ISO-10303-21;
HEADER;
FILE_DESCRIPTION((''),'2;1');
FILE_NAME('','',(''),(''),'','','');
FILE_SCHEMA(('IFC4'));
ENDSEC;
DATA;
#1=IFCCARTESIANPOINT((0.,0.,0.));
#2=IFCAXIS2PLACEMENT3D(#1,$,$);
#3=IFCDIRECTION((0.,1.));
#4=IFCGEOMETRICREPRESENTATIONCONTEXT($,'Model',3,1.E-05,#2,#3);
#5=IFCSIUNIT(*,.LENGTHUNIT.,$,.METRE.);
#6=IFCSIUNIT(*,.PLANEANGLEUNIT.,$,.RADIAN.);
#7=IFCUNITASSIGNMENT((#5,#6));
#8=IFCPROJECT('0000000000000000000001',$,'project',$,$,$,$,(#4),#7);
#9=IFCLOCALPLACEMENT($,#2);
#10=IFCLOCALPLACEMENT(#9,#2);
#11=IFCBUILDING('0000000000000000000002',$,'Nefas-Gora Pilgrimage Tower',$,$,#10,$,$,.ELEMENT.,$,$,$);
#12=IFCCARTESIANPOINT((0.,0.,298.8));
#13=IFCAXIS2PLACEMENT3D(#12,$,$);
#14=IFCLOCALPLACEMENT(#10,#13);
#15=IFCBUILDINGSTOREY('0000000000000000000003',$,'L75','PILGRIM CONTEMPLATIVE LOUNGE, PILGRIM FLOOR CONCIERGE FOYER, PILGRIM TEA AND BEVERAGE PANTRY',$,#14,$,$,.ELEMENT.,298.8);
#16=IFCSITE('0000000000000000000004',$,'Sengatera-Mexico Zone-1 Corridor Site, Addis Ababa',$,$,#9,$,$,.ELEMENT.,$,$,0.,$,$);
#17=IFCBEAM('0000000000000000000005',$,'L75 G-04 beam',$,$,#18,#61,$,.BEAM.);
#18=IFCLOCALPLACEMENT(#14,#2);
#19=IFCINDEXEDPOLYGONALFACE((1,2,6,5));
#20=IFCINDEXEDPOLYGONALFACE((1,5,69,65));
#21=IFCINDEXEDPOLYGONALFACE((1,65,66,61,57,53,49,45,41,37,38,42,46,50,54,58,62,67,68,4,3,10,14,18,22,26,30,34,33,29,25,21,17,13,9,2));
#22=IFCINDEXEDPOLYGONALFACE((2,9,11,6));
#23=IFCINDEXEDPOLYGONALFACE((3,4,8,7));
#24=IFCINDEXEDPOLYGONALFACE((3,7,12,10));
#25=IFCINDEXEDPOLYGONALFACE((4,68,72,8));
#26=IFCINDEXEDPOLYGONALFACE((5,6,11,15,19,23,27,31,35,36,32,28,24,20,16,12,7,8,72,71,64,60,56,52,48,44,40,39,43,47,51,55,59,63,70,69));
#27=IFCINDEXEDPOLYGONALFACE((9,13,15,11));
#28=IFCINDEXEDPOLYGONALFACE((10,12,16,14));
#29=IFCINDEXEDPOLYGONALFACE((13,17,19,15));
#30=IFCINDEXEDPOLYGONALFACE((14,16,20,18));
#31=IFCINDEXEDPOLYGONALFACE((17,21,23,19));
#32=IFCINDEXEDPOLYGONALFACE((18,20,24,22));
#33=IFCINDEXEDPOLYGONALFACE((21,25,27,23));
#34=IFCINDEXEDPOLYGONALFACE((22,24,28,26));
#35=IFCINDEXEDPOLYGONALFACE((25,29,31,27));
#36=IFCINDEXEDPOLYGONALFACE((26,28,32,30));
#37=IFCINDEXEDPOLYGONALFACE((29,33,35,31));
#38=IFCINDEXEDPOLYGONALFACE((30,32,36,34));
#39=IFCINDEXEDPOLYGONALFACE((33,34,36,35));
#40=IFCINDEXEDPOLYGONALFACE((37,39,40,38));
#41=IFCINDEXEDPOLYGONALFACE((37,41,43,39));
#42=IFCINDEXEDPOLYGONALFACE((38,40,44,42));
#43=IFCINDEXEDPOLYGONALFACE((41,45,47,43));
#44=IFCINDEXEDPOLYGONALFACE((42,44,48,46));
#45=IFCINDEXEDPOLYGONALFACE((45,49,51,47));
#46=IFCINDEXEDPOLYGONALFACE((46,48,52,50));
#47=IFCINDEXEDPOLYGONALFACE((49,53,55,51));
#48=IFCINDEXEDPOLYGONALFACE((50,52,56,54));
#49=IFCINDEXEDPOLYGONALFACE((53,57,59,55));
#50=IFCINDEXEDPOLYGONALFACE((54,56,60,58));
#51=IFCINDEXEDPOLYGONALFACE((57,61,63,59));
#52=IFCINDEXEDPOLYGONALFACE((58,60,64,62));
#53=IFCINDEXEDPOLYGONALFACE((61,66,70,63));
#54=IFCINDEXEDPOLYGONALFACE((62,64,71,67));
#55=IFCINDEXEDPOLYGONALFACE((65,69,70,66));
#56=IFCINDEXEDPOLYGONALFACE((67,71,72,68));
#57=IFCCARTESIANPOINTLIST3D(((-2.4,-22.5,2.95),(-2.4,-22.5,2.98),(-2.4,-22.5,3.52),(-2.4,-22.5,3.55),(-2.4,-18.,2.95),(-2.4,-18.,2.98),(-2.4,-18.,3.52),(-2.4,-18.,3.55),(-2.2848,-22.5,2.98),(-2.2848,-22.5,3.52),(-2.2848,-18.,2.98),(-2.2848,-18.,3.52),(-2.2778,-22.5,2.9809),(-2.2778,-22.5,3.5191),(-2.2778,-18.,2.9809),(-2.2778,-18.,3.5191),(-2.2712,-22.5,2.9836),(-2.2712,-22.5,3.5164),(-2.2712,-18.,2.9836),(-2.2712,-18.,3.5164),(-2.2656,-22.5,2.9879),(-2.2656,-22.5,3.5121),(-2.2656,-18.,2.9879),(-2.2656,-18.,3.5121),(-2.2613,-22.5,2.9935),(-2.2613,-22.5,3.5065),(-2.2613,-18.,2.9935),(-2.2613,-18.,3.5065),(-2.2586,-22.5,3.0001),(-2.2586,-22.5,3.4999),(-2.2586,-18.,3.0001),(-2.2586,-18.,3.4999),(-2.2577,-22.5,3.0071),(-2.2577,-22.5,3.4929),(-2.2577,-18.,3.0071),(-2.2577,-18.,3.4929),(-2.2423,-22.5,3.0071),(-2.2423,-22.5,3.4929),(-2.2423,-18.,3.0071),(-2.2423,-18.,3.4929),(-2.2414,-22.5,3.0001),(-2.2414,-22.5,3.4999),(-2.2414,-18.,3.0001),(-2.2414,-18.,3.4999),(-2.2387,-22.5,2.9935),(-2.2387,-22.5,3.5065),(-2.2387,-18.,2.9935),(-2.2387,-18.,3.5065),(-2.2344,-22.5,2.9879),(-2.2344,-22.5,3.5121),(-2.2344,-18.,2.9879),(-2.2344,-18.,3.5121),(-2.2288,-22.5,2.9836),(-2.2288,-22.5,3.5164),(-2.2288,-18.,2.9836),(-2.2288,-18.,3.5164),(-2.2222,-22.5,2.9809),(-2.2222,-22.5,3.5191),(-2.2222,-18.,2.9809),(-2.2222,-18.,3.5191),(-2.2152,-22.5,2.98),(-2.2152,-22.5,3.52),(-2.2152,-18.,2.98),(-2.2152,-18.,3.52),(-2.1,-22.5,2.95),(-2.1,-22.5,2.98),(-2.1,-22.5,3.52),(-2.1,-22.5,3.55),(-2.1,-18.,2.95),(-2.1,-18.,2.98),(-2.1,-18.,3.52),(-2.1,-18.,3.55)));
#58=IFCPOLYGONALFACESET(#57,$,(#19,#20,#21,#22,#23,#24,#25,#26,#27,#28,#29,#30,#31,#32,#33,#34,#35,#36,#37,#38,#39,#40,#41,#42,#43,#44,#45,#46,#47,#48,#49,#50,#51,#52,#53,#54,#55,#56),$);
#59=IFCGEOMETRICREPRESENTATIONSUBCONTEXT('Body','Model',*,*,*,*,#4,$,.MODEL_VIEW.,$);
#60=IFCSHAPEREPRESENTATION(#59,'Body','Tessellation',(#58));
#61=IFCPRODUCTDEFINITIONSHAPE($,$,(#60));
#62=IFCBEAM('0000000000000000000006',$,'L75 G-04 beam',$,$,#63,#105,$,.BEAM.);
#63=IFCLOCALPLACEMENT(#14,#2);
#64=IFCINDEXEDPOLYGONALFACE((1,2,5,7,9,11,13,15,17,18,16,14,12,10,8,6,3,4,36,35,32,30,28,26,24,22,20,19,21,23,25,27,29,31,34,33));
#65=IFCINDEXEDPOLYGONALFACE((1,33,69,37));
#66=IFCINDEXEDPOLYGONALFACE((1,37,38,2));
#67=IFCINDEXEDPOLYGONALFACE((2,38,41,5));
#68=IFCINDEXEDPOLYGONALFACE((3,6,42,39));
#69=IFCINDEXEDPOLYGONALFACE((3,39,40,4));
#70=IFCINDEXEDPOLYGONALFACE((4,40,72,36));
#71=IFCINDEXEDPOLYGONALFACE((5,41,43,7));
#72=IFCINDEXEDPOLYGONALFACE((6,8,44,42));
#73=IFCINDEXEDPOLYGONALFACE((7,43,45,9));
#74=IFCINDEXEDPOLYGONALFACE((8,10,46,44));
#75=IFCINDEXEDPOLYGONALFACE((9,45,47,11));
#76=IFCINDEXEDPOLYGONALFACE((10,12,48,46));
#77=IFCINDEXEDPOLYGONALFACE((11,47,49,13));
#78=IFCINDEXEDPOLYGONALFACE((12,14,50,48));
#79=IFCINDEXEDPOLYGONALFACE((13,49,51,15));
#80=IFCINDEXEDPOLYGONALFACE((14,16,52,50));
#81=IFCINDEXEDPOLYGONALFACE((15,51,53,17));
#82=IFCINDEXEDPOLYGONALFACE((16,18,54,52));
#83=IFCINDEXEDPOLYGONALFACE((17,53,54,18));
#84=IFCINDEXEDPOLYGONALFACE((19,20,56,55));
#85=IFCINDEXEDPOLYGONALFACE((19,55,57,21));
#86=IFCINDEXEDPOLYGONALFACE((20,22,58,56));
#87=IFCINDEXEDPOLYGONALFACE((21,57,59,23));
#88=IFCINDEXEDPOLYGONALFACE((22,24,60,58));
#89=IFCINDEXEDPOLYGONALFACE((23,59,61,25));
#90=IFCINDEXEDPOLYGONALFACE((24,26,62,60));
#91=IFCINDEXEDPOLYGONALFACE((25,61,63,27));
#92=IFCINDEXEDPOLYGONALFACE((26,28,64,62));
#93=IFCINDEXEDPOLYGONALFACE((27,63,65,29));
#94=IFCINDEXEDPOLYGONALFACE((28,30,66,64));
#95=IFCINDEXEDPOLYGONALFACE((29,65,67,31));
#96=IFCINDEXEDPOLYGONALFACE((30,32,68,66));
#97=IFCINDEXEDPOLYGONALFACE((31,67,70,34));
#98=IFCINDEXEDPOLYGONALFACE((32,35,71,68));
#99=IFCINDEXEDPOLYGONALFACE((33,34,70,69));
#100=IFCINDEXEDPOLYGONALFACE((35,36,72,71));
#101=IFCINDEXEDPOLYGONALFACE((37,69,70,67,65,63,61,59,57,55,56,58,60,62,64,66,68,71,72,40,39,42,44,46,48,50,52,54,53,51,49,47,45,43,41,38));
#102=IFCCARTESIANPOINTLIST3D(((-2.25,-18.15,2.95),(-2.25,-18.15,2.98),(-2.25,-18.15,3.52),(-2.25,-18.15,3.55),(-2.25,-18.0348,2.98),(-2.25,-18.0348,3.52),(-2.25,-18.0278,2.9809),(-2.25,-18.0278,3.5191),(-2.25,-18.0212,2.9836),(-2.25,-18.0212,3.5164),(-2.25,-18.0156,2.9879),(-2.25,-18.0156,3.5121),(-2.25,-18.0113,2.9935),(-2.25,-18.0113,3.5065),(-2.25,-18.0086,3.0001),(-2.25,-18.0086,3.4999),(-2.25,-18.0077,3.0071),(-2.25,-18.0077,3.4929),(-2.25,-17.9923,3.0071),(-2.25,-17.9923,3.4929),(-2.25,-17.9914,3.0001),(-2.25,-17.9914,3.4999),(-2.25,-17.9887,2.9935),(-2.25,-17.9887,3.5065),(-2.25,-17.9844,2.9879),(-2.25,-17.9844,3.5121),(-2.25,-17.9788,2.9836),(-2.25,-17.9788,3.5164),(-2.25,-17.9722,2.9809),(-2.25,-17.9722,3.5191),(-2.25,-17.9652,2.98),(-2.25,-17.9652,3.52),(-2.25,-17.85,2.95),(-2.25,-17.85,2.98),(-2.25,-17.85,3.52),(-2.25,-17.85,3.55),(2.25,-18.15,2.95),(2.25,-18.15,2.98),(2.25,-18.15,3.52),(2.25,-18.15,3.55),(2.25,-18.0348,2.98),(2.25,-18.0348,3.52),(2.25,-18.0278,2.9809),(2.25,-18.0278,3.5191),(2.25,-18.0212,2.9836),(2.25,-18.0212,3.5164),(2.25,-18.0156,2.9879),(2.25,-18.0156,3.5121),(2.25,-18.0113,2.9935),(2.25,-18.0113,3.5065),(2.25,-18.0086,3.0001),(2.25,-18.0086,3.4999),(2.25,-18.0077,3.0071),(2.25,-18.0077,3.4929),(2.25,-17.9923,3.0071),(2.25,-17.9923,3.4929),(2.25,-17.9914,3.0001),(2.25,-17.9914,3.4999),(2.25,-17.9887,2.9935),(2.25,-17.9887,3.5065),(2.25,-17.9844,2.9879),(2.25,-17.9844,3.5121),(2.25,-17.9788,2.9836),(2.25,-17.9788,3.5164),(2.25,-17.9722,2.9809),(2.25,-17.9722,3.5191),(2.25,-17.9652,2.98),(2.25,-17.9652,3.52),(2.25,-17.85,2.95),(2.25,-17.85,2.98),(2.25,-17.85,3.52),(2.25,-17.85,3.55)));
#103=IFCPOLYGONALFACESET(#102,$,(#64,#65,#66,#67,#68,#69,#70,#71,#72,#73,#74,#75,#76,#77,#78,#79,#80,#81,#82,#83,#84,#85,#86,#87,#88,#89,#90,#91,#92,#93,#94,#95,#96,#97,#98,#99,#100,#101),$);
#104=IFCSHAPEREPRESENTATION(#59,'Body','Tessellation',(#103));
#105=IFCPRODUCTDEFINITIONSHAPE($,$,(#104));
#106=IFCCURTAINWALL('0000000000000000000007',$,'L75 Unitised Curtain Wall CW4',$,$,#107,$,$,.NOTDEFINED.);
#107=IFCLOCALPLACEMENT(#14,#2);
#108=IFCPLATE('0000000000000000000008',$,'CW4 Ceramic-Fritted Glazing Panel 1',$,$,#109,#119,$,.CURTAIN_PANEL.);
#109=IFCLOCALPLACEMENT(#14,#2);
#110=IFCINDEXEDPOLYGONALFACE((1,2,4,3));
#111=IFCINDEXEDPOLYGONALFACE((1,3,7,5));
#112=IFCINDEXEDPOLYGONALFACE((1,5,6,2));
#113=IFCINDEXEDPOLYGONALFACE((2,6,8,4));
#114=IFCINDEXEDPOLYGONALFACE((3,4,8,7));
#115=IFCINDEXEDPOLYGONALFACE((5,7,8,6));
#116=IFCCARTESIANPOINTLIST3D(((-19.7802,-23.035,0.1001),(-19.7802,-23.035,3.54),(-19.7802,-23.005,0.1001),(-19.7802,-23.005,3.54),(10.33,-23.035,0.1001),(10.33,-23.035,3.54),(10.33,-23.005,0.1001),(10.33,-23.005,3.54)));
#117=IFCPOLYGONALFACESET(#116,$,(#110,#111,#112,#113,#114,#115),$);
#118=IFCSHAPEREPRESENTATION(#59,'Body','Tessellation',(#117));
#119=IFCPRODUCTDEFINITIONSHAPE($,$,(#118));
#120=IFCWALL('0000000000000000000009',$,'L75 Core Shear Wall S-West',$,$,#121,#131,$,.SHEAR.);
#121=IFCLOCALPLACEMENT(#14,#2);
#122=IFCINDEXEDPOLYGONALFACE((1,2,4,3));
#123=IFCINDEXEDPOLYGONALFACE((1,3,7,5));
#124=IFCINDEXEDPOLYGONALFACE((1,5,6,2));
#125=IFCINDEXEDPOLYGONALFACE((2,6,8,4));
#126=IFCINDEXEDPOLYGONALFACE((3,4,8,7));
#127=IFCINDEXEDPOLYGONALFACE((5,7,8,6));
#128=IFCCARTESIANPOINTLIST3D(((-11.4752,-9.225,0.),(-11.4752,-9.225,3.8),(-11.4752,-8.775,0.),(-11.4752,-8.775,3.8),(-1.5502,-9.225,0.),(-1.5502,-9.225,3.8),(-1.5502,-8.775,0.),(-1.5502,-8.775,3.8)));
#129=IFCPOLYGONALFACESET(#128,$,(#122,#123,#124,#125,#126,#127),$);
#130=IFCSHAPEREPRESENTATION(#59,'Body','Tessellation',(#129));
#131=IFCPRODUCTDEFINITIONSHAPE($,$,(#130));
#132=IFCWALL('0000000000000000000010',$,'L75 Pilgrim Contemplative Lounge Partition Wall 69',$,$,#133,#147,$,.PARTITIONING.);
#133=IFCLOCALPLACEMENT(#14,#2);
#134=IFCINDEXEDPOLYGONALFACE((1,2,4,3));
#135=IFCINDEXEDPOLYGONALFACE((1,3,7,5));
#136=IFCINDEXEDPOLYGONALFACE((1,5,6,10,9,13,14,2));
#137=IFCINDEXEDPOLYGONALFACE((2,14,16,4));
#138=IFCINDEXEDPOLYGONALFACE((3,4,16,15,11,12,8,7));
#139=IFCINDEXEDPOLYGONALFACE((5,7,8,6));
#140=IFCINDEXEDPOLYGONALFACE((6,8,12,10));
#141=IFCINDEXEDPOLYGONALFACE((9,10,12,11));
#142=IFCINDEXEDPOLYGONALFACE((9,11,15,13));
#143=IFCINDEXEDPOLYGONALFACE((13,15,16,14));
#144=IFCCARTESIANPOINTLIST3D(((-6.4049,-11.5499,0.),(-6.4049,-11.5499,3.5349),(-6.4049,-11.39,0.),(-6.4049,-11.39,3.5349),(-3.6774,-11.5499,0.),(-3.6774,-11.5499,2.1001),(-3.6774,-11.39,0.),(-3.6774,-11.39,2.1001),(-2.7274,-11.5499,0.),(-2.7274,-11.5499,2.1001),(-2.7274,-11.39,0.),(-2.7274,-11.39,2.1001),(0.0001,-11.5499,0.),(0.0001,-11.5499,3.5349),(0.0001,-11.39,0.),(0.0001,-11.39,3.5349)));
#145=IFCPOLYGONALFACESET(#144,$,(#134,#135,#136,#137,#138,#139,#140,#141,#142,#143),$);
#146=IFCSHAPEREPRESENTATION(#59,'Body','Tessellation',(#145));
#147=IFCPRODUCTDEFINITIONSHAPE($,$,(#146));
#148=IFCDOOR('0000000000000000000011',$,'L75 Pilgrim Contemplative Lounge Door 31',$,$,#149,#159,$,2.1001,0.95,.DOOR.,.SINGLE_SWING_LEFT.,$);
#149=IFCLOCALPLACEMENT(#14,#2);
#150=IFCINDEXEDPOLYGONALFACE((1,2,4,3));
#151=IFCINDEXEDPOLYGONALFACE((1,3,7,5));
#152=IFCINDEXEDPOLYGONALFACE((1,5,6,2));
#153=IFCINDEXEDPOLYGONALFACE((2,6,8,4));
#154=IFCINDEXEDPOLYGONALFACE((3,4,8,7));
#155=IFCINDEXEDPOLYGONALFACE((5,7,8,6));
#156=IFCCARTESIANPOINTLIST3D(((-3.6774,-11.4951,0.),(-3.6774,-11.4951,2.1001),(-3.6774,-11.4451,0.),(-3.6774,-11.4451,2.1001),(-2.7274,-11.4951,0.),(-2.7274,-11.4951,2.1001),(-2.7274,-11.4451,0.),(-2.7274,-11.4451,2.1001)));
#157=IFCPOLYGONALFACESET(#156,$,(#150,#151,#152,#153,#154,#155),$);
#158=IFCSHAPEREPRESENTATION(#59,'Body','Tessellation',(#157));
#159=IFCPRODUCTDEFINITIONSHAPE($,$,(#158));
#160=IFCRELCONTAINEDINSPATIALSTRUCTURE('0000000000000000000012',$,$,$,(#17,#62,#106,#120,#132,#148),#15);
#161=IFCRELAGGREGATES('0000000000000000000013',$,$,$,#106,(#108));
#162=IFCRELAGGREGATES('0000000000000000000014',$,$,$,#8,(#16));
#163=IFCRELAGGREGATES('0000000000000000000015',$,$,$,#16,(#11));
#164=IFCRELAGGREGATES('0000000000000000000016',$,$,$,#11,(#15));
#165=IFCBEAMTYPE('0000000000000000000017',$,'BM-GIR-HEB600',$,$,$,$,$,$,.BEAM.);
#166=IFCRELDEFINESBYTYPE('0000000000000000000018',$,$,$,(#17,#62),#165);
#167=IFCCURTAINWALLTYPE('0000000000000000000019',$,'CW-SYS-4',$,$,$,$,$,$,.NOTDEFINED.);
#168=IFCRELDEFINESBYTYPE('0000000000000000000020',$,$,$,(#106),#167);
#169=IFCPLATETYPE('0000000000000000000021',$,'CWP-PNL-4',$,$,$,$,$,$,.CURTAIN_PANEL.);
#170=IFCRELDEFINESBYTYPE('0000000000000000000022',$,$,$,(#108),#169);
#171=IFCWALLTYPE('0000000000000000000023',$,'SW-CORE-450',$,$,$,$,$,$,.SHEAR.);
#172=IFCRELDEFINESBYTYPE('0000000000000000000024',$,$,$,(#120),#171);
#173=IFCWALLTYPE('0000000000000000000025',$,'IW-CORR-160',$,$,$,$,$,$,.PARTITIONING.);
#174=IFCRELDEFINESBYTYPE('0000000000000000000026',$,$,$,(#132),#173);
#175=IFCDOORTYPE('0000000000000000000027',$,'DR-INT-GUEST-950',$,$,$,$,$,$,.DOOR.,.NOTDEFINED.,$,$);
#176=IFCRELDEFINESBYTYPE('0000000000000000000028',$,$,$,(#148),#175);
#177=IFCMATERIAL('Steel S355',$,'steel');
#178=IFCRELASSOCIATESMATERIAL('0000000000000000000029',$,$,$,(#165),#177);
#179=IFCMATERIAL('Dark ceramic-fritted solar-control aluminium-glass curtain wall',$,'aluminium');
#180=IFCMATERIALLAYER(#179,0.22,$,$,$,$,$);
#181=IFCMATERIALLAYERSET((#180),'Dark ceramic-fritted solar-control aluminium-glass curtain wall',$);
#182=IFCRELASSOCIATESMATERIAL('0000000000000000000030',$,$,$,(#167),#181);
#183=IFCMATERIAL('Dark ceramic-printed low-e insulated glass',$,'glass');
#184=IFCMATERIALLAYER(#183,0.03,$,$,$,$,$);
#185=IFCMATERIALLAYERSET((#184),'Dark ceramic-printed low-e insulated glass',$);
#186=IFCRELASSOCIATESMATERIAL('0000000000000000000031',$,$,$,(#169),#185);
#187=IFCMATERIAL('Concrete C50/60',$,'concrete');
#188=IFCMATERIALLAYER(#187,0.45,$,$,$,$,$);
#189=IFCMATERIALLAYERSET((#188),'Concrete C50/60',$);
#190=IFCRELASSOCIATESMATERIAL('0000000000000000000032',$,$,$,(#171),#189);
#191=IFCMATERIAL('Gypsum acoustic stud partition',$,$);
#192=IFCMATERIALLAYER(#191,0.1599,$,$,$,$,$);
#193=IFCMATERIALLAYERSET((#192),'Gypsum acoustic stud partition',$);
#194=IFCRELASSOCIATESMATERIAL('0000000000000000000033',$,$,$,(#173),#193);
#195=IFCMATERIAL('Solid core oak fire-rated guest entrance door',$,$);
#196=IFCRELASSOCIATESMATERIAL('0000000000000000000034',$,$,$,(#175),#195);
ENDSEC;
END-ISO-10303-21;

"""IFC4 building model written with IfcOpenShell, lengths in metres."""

from ifc_helpers import new_model, si_unit, direction, frame, frame_2d, origin, origin_2d, place, context, subcontext, project, spatial, rectangle, i_section, extrude, source, transform, mapped, material, layer, layer_set, material_profile, profile_set, type_object, element, fill, aggregate, save


model = new_model("IFC4")

# Units and contexts
model_context = context("Model", 3, precision=1e-05, world=origin(), true_north=direction((0.0, 1.0)))
body_context = subcontext(model_context, "Body", "Model", "MODEL_VIEW")
ifc_project = project(units=[si_unit("LENGTHUNIT", "METRE"), si_unit("PLANEANGLEUNIT", "RADIAN")], contexts=[model_context])

# Site, building, storey
site_placement = place(None, origin())
site = spatial("IfcSite", under=ifc_project, at=site_placement, Name="Sengatera-Mexico Zone-1 Corridor Site, Addis Ababa", CompositionType="ELEMENT", RefElevation=0.0)
building_placement = place(site_placement, origin())
building = spatial("IfcBuilding", under=site, at=building_placement, Name="Nefas-Gora Pilgrimage Tower", CompositionType="ELEMENT")
storey_placement = place(building_placement, frame((0.0, 0.0, 298.8)))
storey = spatial("IfcBuildingStorey", under=building, at=storey_placement, Name="L75", Description="PILGRIM CONTEMPLATIVE LOUNGE, PILGRIM FLOOR CONCIERGE FOYER, PILGRIM TEA AND BEVERAGE PANTRY", CompositionType="ELEMENT", Elevation=298.8)

# Shared definitions
ifc_material_1 = material(Name="Steel S355", Category="steel")

# Beams
ifc_material_2 = material(Name="Concrete C50/60", Category="concrete")
ifc_material_profile_1 = material_profile(ifc_material_1, i_section(OverallWidth=0.3, OverallDepth=0.6001, WebThickness=0.0154, FlangeThickness=0.03, FilletRadius=0.0271, at=origin_2d()), Name="HEB 600")
ifc_profile_set_1 = profile_set([ifc_material_profile_1], Name="Steel S355")
beam_type_1 = type_object("IfcBeamType", Name="BM-GIR-HEB600", PredefinedType="BEAM", material=ifc_profile_set_1)
shared_shape_1 = source(origin(), body_context, "Body", "SweptSolid", [
    extrude(i_section(OverallWidth=0.3, OverallDepth=0.6001, WebThickness=0.0154, FlangeThickness=0.03, FilletRadius=0.0271, at=origin_2d()), origin(), (0.0, 0.0, 1.0), 4.5),
])
for number, where, z_axis, x_axis, name in (
    (1, (-2.25, -22.5, 3.25), (0.0, 1.0, 0.0), (-1.0, 0.0, 0.0), "L75 G-04 beam"),
    (2, (-2.25, -18.0, 3.25), (1.0, 0.0, 0.0), (0.0, 1.0, 0.0), "L75 G-04 beam"),
):
    element("IfcBeam", number, at=place(storey_placement, frame(where, z_axis=z_axis, x_axis=x_axis)), inside=storey, type_object=beam_type_1, Name=name, PredefinedType="BEAM", context=body_context, shape_type="MappedRepresentation", body=[
        mapped(shared_shape_1, transform((0.0, 0.0, 0.0), x_axis=(1.0, 0.0, 0.0), y_axis=(0.0, 1.0, 0.0), z_axis=(0.0, 0.0, 1.0), scale=1.0)),
    ])

# Curtain wall, plate
ifc_material_3 = material(Name="Dark ceramic-fritted solar-control aluminium-glass curtain wall", Category="aluminium")
ifc_layer_1 = layer(ifc_material_3, 0.22)
ifc_layer_set_1 = layer_set([ifc_layer_1], Name="Dark ceramic-fritted solar-control aluminium-glass curtain wall")
curtain_wall_type = type_object("IfcCurtainWallType", Name="CW-SYS-4", PredefinedType="NOTDEFINED", material=ifc_layer_set_1)
curtain_wall_placement = place(storey_placement, origin())
curtain_wall = element("IfcCurtainWall", 3, at=curtain_wall_placement, inside=storey, type_object=curtain_wall_type, Name="L75 Unitised Curtain Wall CW4", PredefinedType="NOTDEFINED")
ifc_material_4 = material(Name="Dark ceramic-printed low-e insulated glass", Category="glass")
ifc_layer_2 = layer(ifc_material_4, 0.03)
ifc_layer_set_2 = layer_set([ifc_layer_2], Name="Dark ceramic-printed low-e insulated glass")
plate_type = type_object("IfcPlateType", Name="CWP-PNL-4", PredefinedType="CURTAIN_PANEL", material=ifc_layer_set_2)
shared_shape_2 = source(origin(), body_context, "Body", "SweptSolid", [
    extrude(rectangle(XDim=30.1101, YDim=0.03, at=origin_2d()), origin(), (0.0, 0.0, 1.0), 3.4399),
])
plate_placement = place(storey_placement, frame((-4.7251, -23.02, 0.1001), z_axis=(0.0, 0.0, 1.0), x_axis=(1.0, 0.0, 0.0)))
plate = element("IfcPlate", 4, at=plate_placement, type_object=plate_type, Name="CW4 Ceramic-Fritted Glazing Panel 1", PredefinedType="CURTAIN_PANEL", context=body_context, shape_type="MappedRepresentation", body=[
    mapped(shared_shape_2, transform((0.0, 0.0, 0.0), x_axis=(1.0, 0.0, 0.0), y_axis=(0.0, 1.0, 0.0), z_axis=(0.0, 0.0, 1.0), scale=1.0)),
])
aggregate(curtain_wall, [plate])

# Wall
ifc_layer_3 = layer(ifc_material_2, 0.45)
ifc_layer_set_3 = layer_set([ifc_layer_3], Name="Concrete C50/60")
wall_type_1 = type_object("IfcWallType", Name="SW-CORE-450", PredefinedType="SHEAR", material=ifc_layer_set_3)
shared_shape_3 = source(origin(), body_context, "Body", "SweptSolid", [
    extrude(rectangle(XDim=9.925, YDim=0.45, at=frame_2d((4.9624, 0.0))), origin(), (0.0, 0.0, 1.0), 3.8),
])
wall_1_placement = place(storey_placement, frame((-11.4751, -9.0, 0.0), z_axis=(0.0, 0.0, 1.0), x_axis=(1.0, 0.0, 0.0)))
element("IfcWall", 5, at=wall_1_placement, inside=storey, type_object=wall_type_1, Name="L75 Core Shear Wall S-West", PredefinedType="SHEAR", context=body_context, shape_type="MappedRepresentation", body=[
    mapped(shared_shape_3, transform((0.0, 0.0, 0.0), x_axis=(1.0, 0.0, 0.0), y_axis=(0.0, 1.0, 0.0), z_axis=(0.0, 0.0, 1.0), scale=1.0)),
])

# Wall, opening, door
ifc_material_5 = material(Name="Gypsum acoustic stud partition")
ifc_layer_4 = layer(ifc_material_5, 0.1599)
ifc_layer_set_4 = layer_set([ifc_layer_4], Name="Gypsum acoustic stud partition")
wall_type_2 = type_object("IfcWallType", Name="IW-CORR-160", PredefinedType="PARTITIONING", material=ifc_layer_set_4)
shared_shape_4 = source(origin(), body_context, "Body", "SweptSolid", [
    extrude(rectangle(XDim=6.405, YDim=0.1599, at=frame_2d((3.2026, 0.0))), origin(), (0.0, 0.0, 1.0), 3.5349),
])
wall_2_placement = place(storey_placement, frame((-6.405, -11.47, 0.0), z_axis=(0.0, 0.0, 1.0), x_axis=(1.0, 0.0, 0.0)))
wall_2 = element("IfcWall", 6, at=wall_2_placement, inside=storey, type_object=wall_type_2, Name="L75 Pilgrim Contemplative Lounge Partition Wall 69", PredefinedType="PARTITIONING", context=body_context, shape_type="MappedRepresentation", body=[
    mapped(shared_shape_4, transform((0.0, 0.0, 0.0), x_axis=(1.0, 0.0, 0.0), y_axis=(0.0, 1.0, 0.0), z_axis=(0.0, 0.0, 1.0), scale=1.0)),
])
opening_1_placement = place(wall_2_placement, frame((2.7275, 0.0, 0.0)))
opening_1 = element("IfcOpeningElement", 7, at=opening_1_placement, cuts=wall_2, PredefinedType="OPENING", context=body_context, shape_type="SweptSolid", body=[
    extrude(rectangle(XDim=0.95, YDim=2.1001, at=frame_2d((0.4751, 1.05))), frame((0.0, 0.0898, 0.0), z_axis=(0.0, -1.0, 0.0), x_axis=(1.0, 0.0, 0.0)), (0.0, 0.0, 1.0), 0.1799),
])
ifc_material_6 = material(Name="Solid core oak fire-rated guest entrance door")
door_type = type_object("IfcDoorType", Name="DR-INT-GUEST-950", OperationType="NOTDEFINED", PredefinedType="DOOR", material=ifc_material_6)
shared_shape_5 = source(origin(), body_context, "Body", "SweptSolid", [
    extrude(rectangle(XDim=0.95, YDim=2.1001, at=frame_2d((0.4751, 1.05))), frame((0.0, 0.0249, 0.0), z_axis=(0.0, -1.0, 0.0), x_axis=(1.0, 0.0, 0.0)), (0.0, 0.0, 1.0), 0.05),
])
door_1_placement = place(opening_1_placement, origin())
door_1 = element("IfcDoor", 8, at=door_1_placement, inside=storey, type_object=door_type, Name="L75 Pilgrim Contemplative Lounge Door 31", OperationType="SINGLE_SWING_LEFT", OverallHeight=2.1001, OverallWidth=0.95, PredefinedType="DOOR", context=body_context, shape_type="MappedRepresentation", body=[
    mapped(shared_shape_5, transform((0.0, 0.0, 0.0), x_axis=(1.0, 0.0, 0.0), y_axis=(0.0, 1.0, 0.0), z_axis=(0.0, 0.0, 1.0), scale=1.0)),
])
fill(opening_1, door_1)

save(model, "model.ifc")
